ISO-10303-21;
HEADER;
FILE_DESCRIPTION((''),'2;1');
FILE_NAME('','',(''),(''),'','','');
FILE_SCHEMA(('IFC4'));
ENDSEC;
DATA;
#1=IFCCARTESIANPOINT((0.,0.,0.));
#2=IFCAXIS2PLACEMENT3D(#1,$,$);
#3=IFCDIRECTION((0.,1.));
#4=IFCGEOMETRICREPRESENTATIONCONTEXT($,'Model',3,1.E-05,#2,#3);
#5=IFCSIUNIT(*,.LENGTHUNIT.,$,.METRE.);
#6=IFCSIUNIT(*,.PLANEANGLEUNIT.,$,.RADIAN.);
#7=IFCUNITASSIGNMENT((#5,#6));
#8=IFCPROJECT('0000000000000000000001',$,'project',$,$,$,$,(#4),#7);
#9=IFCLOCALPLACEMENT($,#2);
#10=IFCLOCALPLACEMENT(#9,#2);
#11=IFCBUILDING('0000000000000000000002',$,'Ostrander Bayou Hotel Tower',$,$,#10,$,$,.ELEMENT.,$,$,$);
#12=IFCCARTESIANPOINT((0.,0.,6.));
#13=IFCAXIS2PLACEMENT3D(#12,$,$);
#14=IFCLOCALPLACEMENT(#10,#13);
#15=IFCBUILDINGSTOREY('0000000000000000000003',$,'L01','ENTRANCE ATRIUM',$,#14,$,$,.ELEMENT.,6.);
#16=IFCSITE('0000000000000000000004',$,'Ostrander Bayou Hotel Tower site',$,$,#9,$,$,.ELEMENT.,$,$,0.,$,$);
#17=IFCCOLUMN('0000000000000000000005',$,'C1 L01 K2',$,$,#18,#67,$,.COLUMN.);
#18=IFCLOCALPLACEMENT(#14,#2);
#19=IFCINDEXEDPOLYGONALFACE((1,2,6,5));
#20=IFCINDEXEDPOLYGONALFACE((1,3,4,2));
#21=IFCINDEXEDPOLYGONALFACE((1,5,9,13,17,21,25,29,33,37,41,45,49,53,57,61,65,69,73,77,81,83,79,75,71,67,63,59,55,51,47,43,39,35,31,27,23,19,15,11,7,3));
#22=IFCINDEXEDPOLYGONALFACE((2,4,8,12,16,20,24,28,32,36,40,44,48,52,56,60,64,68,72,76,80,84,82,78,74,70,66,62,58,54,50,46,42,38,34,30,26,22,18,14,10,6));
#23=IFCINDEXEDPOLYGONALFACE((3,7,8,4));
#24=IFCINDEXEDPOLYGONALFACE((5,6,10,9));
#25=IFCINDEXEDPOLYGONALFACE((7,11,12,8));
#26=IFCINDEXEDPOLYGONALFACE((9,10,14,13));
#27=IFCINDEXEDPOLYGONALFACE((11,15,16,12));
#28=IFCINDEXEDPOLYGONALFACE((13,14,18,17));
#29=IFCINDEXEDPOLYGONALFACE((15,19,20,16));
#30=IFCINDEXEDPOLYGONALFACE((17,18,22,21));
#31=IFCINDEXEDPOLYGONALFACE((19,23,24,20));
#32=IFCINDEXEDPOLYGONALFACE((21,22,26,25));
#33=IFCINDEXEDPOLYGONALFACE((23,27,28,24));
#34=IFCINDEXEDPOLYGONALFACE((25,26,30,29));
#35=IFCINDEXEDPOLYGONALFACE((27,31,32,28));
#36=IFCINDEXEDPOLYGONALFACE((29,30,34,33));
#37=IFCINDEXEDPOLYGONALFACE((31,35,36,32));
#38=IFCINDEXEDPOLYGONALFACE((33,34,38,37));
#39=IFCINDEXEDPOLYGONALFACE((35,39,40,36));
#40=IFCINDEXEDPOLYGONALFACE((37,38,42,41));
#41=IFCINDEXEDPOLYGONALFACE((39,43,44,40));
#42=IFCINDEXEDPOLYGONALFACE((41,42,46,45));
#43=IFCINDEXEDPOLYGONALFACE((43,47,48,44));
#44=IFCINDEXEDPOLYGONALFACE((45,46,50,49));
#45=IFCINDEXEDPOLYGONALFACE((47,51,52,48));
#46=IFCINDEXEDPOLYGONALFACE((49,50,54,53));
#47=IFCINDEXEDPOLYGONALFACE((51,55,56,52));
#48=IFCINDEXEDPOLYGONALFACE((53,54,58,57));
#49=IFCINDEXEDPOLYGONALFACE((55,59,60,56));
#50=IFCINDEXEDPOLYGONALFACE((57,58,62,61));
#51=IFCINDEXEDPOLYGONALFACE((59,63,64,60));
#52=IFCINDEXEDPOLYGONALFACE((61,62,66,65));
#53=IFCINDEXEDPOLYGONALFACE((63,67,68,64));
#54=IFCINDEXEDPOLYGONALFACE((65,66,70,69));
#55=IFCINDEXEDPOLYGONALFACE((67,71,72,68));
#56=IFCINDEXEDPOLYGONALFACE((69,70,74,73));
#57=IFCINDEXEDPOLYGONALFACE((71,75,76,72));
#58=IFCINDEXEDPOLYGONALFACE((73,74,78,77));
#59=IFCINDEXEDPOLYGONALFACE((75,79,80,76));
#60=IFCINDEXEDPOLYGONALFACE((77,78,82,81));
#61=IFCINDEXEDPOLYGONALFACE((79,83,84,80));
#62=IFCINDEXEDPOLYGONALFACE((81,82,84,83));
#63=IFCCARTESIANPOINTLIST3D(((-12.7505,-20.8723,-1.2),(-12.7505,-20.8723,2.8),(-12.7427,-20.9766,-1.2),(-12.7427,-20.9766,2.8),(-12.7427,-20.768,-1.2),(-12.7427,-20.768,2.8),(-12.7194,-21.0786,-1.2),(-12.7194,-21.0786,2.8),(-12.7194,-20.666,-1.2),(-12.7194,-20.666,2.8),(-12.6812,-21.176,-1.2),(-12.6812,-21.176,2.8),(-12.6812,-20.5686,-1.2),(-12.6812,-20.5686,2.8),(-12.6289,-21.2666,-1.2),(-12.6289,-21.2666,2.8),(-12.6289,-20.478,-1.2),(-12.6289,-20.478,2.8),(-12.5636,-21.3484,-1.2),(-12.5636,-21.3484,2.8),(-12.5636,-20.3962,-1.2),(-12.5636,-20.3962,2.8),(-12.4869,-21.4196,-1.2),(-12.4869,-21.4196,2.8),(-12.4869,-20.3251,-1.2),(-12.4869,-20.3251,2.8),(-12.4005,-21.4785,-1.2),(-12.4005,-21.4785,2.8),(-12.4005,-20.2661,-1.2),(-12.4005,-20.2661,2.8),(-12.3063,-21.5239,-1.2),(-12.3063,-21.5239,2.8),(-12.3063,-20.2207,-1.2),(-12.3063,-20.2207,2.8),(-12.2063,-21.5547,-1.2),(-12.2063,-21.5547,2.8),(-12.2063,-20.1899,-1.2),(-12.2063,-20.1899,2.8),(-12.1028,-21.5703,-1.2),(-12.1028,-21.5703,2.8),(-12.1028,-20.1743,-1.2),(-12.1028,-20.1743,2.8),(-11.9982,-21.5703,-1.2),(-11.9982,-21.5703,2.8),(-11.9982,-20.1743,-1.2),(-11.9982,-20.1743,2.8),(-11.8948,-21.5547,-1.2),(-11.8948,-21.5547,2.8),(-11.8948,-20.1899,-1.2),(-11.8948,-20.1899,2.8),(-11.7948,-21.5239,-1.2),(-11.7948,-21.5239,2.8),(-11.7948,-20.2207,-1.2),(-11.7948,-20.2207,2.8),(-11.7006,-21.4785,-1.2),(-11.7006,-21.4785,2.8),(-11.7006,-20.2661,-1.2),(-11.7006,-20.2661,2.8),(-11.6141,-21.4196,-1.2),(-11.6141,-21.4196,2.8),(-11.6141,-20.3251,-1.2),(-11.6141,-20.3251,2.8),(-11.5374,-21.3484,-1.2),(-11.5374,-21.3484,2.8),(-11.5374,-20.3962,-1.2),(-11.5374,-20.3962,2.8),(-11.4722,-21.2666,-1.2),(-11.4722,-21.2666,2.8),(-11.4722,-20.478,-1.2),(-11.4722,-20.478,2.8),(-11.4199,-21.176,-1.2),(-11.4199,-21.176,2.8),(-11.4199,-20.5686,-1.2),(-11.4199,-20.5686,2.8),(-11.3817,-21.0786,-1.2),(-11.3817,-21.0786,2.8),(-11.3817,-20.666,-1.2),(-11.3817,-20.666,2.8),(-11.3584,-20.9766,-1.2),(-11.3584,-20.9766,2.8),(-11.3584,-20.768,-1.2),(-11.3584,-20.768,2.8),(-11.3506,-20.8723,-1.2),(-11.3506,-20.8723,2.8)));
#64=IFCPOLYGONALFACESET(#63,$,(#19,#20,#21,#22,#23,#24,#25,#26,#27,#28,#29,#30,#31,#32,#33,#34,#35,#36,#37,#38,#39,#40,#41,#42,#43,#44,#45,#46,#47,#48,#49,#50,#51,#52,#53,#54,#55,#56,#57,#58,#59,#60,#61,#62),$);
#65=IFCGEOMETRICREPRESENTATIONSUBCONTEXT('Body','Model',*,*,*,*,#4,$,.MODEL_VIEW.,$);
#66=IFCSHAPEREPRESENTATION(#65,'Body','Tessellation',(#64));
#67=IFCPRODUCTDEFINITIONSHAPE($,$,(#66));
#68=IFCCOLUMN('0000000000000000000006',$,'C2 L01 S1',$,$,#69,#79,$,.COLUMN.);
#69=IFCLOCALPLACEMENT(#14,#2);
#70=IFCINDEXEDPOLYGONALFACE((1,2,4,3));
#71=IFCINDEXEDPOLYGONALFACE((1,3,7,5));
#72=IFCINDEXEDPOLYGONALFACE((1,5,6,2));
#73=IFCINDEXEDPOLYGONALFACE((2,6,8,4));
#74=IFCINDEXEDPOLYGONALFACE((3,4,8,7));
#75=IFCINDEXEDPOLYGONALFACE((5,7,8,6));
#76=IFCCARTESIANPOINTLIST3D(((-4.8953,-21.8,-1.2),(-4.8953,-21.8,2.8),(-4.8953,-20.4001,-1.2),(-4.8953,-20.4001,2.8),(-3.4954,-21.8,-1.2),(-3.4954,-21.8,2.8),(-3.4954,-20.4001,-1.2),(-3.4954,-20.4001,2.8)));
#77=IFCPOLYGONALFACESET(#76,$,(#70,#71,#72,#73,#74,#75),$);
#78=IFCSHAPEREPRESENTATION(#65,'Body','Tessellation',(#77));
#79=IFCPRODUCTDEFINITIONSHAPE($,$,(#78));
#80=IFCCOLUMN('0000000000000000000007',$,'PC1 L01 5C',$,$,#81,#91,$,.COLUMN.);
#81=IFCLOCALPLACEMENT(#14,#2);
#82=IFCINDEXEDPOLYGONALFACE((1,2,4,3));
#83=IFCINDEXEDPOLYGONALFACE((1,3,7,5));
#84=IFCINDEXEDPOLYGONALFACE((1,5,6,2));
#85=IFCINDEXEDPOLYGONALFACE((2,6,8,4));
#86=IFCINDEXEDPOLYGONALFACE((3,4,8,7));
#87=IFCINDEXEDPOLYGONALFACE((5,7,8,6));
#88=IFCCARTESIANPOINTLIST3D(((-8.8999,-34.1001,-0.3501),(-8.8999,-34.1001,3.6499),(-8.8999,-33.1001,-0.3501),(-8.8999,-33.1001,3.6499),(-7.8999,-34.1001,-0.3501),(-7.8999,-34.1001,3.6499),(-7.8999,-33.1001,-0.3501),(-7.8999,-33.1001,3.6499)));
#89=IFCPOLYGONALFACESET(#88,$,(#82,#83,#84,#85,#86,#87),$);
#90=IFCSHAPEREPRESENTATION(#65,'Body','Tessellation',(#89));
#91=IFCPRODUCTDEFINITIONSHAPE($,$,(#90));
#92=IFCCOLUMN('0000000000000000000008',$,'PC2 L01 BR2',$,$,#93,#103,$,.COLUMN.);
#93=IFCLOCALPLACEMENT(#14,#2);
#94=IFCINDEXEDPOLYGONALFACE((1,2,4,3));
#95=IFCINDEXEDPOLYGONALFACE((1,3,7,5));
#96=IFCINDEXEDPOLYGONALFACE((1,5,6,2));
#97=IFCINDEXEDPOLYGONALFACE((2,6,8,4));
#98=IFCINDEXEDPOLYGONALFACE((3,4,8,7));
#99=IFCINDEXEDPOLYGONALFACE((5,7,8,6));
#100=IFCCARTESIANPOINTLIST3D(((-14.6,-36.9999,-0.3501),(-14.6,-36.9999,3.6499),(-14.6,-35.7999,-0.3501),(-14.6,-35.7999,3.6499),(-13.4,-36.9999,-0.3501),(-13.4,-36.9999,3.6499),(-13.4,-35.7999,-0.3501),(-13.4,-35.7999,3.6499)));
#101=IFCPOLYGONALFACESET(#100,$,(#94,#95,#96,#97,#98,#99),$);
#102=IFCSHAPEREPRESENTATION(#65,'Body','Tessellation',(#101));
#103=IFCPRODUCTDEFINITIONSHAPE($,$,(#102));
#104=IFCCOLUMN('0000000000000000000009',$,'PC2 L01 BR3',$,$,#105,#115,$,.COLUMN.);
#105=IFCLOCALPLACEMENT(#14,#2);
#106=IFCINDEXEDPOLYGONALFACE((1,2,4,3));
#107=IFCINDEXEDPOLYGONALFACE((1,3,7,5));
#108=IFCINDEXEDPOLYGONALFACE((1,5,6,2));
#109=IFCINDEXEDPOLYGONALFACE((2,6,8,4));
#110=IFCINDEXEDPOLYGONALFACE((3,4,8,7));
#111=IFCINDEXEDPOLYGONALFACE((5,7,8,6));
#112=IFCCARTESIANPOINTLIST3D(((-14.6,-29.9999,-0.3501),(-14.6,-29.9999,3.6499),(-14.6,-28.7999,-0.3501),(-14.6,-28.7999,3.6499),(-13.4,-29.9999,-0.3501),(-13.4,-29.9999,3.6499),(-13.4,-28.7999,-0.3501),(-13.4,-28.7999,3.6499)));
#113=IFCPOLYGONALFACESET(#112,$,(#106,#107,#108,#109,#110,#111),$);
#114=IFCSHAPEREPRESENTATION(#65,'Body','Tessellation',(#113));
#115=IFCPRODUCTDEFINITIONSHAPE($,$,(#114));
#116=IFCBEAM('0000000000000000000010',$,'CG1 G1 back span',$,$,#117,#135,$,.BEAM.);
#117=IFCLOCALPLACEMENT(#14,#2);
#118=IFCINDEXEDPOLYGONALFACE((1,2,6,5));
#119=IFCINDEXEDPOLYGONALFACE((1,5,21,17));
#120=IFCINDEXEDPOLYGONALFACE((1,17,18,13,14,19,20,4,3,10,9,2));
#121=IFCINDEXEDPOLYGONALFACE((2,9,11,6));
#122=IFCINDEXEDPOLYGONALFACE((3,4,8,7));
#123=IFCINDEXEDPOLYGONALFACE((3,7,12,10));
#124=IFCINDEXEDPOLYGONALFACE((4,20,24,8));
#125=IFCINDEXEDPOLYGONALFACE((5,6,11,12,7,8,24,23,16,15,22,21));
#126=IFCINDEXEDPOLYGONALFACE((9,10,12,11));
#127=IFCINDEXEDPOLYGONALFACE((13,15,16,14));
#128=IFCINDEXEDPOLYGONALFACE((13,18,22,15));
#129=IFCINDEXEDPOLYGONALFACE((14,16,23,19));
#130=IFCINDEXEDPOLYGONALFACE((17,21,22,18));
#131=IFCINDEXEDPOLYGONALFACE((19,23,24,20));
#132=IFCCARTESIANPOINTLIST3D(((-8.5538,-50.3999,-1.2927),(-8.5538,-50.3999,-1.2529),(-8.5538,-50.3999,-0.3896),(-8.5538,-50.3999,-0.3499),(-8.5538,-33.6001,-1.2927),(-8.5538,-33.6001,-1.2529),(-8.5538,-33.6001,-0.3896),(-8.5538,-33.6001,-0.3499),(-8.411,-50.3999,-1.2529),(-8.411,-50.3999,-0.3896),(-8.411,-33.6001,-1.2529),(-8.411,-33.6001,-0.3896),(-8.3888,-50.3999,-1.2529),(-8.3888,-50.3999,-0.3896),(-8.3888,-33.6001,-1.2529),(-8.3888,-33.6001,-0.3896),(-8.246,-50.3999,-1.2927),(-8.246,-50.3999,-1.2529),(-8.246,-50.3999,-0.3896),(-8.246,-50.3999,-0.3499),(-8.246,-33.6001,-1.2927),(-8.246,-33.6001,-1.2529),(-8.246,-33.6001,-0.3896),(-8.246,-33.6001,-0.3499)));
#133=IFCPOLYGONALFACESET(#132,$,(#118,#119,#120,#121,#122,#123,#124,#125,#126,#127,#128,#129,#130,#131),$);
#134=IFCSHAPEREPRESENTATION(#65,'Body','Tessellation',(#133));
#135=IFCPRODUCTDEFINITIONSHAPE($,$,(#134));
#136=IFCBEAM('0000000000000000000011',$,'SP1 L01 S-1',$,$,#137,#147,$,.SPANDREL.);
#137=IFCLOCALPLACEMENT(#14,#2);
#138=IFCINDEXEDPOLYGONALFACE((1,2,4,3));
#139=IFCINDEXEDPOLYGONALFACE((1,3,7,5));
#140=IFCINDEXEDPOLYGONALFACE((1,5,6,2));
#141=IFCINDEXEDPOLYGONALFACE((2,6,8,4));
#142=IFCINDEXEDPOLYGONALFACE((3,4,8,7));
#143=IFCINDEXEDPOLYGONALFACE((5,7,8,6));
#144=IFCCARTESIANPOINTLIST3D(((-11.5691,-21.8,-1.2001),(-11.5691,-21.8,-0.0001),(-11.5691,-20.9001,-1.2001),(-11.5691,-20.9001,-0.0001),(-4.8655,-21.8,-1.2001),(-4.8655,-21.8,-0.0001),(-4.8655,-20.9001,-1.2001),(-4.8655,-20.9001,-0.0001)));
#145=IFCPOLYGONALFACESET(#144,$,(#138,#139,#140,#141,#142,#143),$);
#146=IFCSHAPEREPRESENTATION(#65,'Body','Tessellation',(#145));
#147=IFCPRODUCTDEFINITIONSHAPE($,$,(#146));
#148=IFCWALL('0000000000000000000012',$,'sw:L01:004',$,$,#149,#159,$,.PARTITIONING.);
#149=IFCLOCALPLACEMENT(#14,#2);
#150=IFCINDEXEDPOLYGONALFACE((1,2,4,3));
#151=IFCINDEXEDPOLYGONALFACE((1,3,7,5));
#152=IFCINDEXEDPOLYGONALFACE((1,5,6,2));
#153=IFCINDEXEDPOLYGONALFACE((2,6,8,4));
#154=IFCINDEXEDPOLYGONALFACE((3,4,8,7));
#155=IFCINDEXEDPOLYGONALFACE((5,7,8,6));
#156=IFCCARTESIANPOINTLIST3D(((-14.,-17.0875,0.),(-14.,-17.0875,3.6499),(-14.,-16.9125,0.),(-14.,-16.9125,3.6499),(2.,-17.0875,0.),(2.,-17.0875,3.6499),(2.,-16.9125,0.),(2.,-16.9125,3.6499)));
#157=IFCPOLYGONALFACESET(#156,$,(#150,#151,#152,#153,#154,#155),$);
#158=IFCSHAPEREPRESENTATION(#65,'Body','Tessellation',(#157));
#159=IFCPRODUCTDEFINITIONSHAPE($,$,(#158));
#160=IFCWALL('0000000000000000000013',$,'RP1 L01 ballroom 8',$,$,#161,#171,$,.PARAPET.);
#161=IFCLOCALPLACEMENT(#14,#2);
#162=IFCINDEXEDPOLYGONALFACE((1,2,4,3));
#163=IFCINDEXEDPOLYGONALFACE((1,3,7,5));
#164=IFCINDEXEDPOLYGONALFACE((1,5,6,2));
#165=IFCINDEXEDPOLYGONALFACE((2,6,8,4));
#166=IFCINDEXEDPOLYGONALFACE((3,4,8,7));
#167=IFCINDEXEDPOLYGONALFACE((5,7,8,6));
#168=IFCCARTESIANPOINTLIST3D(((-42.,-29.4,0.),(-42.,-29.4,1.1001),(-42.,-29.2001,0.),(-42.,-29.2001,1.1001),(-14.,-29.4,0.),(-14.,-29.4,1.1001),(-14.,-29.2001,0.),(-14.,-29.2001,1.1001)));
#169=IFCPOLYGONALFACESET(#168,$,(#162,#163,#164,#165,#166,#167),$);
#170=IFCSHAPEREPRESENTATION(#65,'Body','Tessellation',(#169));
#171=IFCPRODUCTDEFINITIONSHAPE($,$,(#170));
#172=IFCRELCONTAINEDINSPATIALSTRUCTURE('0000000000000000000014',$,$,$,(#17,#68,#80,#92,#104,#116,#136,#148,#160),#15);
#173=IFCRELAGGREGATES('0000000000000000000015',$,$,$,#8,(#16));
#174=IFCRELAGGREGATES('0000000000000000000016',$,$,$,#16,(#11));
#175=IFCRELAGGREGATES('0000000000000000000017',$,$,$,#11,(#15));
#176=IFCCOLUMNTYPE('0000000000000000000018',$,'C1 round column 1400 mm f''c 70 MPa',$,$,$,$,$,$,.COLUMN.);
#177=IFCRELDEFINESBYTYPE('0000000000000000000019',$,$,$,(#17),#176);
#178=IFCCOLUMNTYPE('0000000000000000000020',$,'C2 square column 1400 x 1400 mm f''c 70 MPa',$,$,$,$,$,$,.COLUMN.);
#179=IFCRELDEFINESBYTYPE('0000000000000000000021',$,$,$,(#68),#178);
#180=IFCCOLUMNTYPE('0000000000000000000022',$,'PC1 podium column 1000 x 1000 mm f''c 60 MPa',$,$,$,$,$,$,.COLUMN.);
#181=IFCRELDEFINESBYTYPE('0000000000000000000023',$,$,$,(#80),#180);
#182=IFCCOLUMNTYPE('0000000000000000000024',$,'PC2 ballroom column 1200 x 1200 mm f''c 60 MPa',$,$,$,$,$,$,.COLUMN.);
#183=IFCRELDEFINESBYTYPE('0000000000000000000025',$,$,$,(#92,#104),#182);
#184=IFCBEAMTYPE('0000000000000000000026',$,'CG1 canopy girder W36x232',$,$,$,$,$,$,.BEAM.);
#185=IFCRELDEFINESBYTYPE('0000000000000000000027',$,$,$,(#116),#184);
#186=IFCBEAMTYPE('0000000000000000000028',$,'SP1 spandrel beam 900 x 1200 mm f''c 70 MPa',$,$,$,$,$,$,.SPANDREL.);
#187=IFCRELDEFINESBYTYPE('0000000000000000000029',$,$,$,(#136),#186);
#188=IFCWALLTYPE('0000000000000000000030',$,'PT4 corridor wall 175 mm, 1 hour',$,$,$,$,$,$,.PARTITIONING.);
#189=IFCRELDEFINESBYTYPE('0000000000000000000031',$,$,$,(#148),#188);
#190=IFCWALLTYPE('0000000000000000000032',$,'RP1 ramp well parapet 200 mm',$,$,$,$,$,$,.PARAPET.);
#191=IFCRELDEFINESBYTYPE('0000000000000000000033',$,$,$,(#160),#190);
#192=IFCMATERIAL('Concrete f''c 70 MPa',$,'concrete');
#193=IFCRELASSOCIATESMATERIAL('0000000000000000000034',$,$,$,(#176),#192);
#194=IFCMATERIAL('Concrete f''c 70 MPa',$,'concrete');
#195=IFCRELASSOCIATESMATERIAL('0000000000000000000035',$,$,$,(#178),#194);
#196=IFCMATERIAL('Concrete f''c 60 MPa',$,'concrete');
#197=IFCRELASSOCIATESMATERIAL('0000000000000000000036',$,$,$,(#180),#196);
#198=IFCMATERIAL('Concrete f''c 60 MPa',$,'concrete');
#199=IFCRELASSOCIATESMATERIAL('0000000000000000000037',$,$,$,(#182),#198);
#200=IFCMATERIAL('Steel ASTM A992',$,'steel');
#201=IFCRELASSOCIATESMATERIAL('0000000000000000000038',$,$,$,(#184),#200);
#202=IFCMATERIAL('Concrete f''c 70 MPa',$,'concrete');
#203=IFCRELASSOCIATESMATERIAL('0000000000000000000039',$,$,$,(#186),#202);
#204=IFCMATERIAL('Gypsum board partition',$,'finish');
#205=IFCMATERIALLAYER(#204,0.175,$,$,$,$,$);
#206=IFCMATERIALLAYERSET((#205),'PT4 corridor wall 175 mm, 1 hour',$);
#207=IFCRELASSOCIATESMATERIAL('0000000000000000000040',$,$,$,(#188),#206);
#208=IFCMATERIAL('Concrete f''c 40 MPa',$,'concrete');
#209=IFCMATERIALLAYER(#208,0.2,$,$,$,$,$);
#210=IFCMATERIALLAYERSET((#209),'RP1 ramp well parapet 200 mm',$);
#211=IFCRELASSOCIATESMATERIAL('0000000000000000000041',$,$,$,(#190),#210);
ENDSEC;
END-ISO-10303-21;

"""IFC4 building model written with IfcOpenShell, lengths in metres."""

from ifc_helpers import new_model, si_unit, direction, frame, frame_2d, origin, origin_2d, place, context, subcontext, project, spatial, rectangle, circle, i_section, extrude, material, layer, layer_set, material_profile, profile_set, type_object, element, save


model = new_model("IFC4")

# Units and contexts
model_context = context("Model", 3, precision=1e-05, world=origin(), true_north=direction((0.0, 1.0)))
body_context = subcontext(model_context, "Body", "Model", "MODEL_VIEW")
ifc_project = project(units=[si_unit("LENGTHUNIT", "METRE"), si_unit("PLANEANGLEUNIT", "RADIAN")], contexts=[model_context])

# Site, building, storey
site_placement = place(None, origin())
site = spatial("IfcSite", under=ifc_project, at=site_placement, Name="Ostrander Bayou Hotel Tower site", CompositionType="ELEMENT", RefElevation=0.0)
building_placement = place(site_placement, origin())
building = spatial("IfcBuilding", under=site, at=building_placement, Name="Ostrander Bayou Hotel Tower", CompositionType="ELEMENT")
storey_placement = place(building_placement, frame((0.0, 0.0, 6.0)))
storey = spatial("IfcBuildingStorey", under=building, at=storey_placement, Name="L01", Description="ENTRANCE ATRIUM", CompositionType="ELEMENT", Elevation=6.0)

# Columns
ifc_material_1 = material(Name="Concrete f'c 70 MPa", Category="concrete")
ifc_material_profile_1 = material_profile(ifc_material_1, circle(Radius=0.7, at=origin_2d()))
ifc_profile_set_1 = profile_set([ifc_material_profile_1], Name="Concrete f'c 70 MPa")
column_type_1 = type_object("IfcColumnType", Name="C1 round column 1400 mm f'c 70 MPa", PredefinedType="COLUMN", material=ifc_profile_set_1)
column_1_placement = place(storey_placement, frame((-12.0505, -20.8723, -1.2), z_axis=(0.0, 0.0, 1.0), x_axis=(1.0, 0.0, 0.0)))
element("IfcColumn", 1, at=column_1_placement, inside=storey, type_object=column_type_1, Name="C1 L01 K2", PredefinedType="COLUMN", context=body_context, shape_type="SweptSolid", body=[
    extrude(circle(Radius=0.7, at=origin_2d()), origin(), (0.0, 0.0, 1.0), 4.0),
])
ifc_material_2 = material(Name="Concrete f'c 70 MPa", Category="concrete")
ifc_material_profile_2 = material_profile(ifc_material_2, rectangle(XDim=1.3999, YDim=1.3999, at=origin_2d()))
ifc_profile_set_2 = profile_set([ifc_material_profile_2], Name="Concrete f'c 70 MPa")
column_type_2 = type_object("IfcColumnType", Name="C2 square column 1400 x 1400 mm f'c 70 MPa", PredefinedType="COLUMN", material=ifc_profile_set_2)
column_2_placement = place(storey_placement, frame((-4.1953, -21.1001, -1.2), z_axis=(0.0, 0.0, 1.0), x_axis=(-1.0, 0.0, 0.0)))
element("IfcColumn", 2, at=column_2_placement, inside=storey, type_object=column_type_2, Name="C2 L01 S1", PredefinedType="COLUMN", context=body_context, shape_type="SweptSolid", body=[
    extrude(rectangle(XDim=1.3999, YDim=1.3999, at=origin_2d()), origin(), (0.0, 0.0, 1.0), 4.0),
])
ifc_material_3 = material(Name="Concrete f'c 60 MPa", Category="concrete")
ifc_material_profile_3 = material_profile(ifc_material_3, rectangle(XDim=1.0, YDim=1.0, at=origin_2d()))
ifc_profile_set_3 = profile_set([ifc_material_profile_3], Name="Concrete f'c 60 MPa")
column_type_3 = type_object("IfcColumnType", Name="PC1 podium column 1000 x 1000 mm f'c 60 MPa", PredefinedType="COLUMN", material=ifc_profile_set_3)
column_3_placement = place(storey_placement, frame((-8.3999, -33.6001, -0.3501), z_axis=(0.0, 0.0, 1.0), x_axis=(1.0, 0.0, 0.0)))
element("IfcColumn", 3, at=column_3_placement, inside=storey, type_object=column_type_3, Name="PC1 L01 5C", PredefinedType="COLUMN", context=body_context, shape_type="SweptSolid", body=[
    extrude(rectangle(XDim=1.0, YDim=1.0, at=origin_2d()), origin(), (0.0, 0.0, 1.0), 4.0),
])
ifc_material_4 = material(Name="Concrete f'c 60 MPa", Category="concrete")
ifc_material_profile_4 = material_profile(ifc_material_4, rectangle(XDim=1.2, YDim=1.2, at=origin_2d()))
ifc_profile_set_4 = profile_set([ifc_material_profile_4], Name="Concrete f'c 60 MPa")
column_type_4 = type_object("IfcColumnType", Name="PC2 ballroom column 1200 x 1200 mm f'c 60 MPa", PredefinedType="COLUMN", material=ifc_profile_set_4)
for number, where, z_axis, x_axis, name in (
    (4, (-14.0, -36.3999, -0.3501), (0.0, 0.0, 1.0), (1.0, 0.0, 0.0), "PC2 L01 BR2"),
    (5, (-14.0, -29.3999, -0.3501), (0.0, 0.0, 1.0), (1.0, 0.0, 0.0), "PC2 L01 BR3"),
):
    element("IfcColumn", number, at=place(storey_placement, frame(where, z_axis=z_axis, x_axis=x_axis)), inside=storey, type_object=column_type_4, Name=name, PredefinedType="COLUMN", context=body_context, shape_type="SweptSolid", body=[
        extrude(rectangle(XDim=1.2, YDim=1.2, at=origin_2d()), origin(), (0.0, 0.0, 1.0), 4.0),
    ])

# Beams
ifc_material_5 = material(Name="Steel ASTM A992", Category="steel")
ifc_material_profile_5 = material_profile(ifc_material_5, i_section(OverallWidth=0.3079, OverallDepth=0.9429, WebThickness=0.0222, FlangeThickness=0.0398, at=origin_2d()))
ifc_profile_set_5 = profile_set([ifc_material_profile_5], Name="Steel ASTM A992")
beam_type_1 = type_object("IfcBeamType", Name="CG1 canopy girder W36x232", PredefinedType="BEAM", material=ifc_profile_set_5)
beam_1_placement = place(storey_placement, frame((-8.3999, -33.6001, -0.8213), z_axis=(0.0, -1.0, 0.0), x_axis=(1.0, 0.0, 0.0)))
element("IfcBeam", 6, at=beam_1_placement, inside=storey, type_object=beam_type_1, Name="CG1 G1 back span", PredefinedType="BEAM", context=body_context, shape_type="SweptSolid", body=[
    extrude(i_section(OverallWidth=0.3079, OverallDepth=0.9429, WebThickness=0.0222, FlangeThickness=0.0398, at=origin_2d()), origin(), (0.0, 0.0, 1.0), 16.7998),
])
ifc_material_6 = material(Name="Concrete f'c 70 MPa", Category="concrete")
ifc_material_profile_6 = material_profile(ifc_material_6, rectangle(XDim=0.8999, YDim=1.2, at=origin_2d()))
ifc_profile_set_6 = profile_set([ifc_material_profile_6], Name="Concrete f'c 70 MPa")
beam_type_2 = type_object("IfcBeamType", Name="SP1 spandrel beam 900 x 1200 mm f'c 70 MPa", PredefinedType="SPANDREL", material=ifc_profile_set_6)
beam_2_placement = place(storey_placement, frame((-11.5691, -21.3501, -0.6001), z_axis=(1.0, 0.0, 0.0), x_axis=(0.0, 1.0, 0.0)))
element("IfcBeam", 7, at=beam_2_placement, inside=storey, type_object=beam_type_2, Name="SP1 L01 S-1", PredefinedType="SPANDREL", context=body_context, shape_type="SweptSolid", body=[
    extrude(rectangle(XDim=0.8999, YDim=1.2, at=origin_2d()), origin(), (0.0, 0.0, 1.0), 6.7036),
])

# Shared definitions
ifc_material_7 = material(Name="Gypsum board partition", Category="finish")
ifc_layer_1 = layer(ifc_material_7, 0.175)
ifc_layer_set_1 = layer_set([ifc_layer_1], Name="PT4 corridor wall 175 mm, 1 hour")
wall_type_1 = type_object("IfcWallType", Name="PT4 corridor wall 175 mm, 1 hour", PredefinedType="PARTITIONING", material=ifc_layer_set_1)

# Wall
wall_1_placement = place(storey_placement, frame((-14.0, -17.0, 0.0), z_axis=(0.0, 0.0, 1.0), x_axis=(1.0, 0.0, 0.0)))
element("IfcWall", 8, at=wall_1_placement, inside=storey, type_object=wall_type_1, Name="sw:L01:004", PredefinedType="PARTITIONING", context=body_context, shape_type="SweptSolid", body=[
    extrude(rectangle(XDim=16.0, YDim=0.175, at=frame_2d((8.0, 0.0))), origin(), (0.0, 0.0, 1.0), 3.6499),
])

# Wall
ifc_material_8 = material(Name="Concrete f'c 40 MPa", Category="concrete")
ifc_layer_2 = layer(ifc_material_8, 0.2)
ifc_layer_set_2 = layer_set([ifc_layer_2], Name="RP1 ramp well parapet 200 mm")
wall_type_2 = type_object("IfcWallType", Name="RP1 ramp well parapet 200 mm", PredefinedType="PARAPET", material=ifc_layer_set_2)
wall_2_placement = place(storey_placement, frame((-14.0, -29.3, 0.0), z_axis=(0.0, 0.0, 1.0), x_axis=(-1.0, 0.0, 0.0)))
element("IfcWall", 9, at=wall_2_placement, inside=storey, type_object=wall_type_2, Name="RP1 L01 ballroom 8", PredefinedType="PARAPET", context=body_context, shape_type="SweptSolid", body=[
    extrude(rectangle(XDim=28.0, YDim=0.2, at=frame_2d((14.0, 0.0))), origin(), (0.0, 0.0, 1.0), 1.1001),
])

save(model, "model.ifc")
